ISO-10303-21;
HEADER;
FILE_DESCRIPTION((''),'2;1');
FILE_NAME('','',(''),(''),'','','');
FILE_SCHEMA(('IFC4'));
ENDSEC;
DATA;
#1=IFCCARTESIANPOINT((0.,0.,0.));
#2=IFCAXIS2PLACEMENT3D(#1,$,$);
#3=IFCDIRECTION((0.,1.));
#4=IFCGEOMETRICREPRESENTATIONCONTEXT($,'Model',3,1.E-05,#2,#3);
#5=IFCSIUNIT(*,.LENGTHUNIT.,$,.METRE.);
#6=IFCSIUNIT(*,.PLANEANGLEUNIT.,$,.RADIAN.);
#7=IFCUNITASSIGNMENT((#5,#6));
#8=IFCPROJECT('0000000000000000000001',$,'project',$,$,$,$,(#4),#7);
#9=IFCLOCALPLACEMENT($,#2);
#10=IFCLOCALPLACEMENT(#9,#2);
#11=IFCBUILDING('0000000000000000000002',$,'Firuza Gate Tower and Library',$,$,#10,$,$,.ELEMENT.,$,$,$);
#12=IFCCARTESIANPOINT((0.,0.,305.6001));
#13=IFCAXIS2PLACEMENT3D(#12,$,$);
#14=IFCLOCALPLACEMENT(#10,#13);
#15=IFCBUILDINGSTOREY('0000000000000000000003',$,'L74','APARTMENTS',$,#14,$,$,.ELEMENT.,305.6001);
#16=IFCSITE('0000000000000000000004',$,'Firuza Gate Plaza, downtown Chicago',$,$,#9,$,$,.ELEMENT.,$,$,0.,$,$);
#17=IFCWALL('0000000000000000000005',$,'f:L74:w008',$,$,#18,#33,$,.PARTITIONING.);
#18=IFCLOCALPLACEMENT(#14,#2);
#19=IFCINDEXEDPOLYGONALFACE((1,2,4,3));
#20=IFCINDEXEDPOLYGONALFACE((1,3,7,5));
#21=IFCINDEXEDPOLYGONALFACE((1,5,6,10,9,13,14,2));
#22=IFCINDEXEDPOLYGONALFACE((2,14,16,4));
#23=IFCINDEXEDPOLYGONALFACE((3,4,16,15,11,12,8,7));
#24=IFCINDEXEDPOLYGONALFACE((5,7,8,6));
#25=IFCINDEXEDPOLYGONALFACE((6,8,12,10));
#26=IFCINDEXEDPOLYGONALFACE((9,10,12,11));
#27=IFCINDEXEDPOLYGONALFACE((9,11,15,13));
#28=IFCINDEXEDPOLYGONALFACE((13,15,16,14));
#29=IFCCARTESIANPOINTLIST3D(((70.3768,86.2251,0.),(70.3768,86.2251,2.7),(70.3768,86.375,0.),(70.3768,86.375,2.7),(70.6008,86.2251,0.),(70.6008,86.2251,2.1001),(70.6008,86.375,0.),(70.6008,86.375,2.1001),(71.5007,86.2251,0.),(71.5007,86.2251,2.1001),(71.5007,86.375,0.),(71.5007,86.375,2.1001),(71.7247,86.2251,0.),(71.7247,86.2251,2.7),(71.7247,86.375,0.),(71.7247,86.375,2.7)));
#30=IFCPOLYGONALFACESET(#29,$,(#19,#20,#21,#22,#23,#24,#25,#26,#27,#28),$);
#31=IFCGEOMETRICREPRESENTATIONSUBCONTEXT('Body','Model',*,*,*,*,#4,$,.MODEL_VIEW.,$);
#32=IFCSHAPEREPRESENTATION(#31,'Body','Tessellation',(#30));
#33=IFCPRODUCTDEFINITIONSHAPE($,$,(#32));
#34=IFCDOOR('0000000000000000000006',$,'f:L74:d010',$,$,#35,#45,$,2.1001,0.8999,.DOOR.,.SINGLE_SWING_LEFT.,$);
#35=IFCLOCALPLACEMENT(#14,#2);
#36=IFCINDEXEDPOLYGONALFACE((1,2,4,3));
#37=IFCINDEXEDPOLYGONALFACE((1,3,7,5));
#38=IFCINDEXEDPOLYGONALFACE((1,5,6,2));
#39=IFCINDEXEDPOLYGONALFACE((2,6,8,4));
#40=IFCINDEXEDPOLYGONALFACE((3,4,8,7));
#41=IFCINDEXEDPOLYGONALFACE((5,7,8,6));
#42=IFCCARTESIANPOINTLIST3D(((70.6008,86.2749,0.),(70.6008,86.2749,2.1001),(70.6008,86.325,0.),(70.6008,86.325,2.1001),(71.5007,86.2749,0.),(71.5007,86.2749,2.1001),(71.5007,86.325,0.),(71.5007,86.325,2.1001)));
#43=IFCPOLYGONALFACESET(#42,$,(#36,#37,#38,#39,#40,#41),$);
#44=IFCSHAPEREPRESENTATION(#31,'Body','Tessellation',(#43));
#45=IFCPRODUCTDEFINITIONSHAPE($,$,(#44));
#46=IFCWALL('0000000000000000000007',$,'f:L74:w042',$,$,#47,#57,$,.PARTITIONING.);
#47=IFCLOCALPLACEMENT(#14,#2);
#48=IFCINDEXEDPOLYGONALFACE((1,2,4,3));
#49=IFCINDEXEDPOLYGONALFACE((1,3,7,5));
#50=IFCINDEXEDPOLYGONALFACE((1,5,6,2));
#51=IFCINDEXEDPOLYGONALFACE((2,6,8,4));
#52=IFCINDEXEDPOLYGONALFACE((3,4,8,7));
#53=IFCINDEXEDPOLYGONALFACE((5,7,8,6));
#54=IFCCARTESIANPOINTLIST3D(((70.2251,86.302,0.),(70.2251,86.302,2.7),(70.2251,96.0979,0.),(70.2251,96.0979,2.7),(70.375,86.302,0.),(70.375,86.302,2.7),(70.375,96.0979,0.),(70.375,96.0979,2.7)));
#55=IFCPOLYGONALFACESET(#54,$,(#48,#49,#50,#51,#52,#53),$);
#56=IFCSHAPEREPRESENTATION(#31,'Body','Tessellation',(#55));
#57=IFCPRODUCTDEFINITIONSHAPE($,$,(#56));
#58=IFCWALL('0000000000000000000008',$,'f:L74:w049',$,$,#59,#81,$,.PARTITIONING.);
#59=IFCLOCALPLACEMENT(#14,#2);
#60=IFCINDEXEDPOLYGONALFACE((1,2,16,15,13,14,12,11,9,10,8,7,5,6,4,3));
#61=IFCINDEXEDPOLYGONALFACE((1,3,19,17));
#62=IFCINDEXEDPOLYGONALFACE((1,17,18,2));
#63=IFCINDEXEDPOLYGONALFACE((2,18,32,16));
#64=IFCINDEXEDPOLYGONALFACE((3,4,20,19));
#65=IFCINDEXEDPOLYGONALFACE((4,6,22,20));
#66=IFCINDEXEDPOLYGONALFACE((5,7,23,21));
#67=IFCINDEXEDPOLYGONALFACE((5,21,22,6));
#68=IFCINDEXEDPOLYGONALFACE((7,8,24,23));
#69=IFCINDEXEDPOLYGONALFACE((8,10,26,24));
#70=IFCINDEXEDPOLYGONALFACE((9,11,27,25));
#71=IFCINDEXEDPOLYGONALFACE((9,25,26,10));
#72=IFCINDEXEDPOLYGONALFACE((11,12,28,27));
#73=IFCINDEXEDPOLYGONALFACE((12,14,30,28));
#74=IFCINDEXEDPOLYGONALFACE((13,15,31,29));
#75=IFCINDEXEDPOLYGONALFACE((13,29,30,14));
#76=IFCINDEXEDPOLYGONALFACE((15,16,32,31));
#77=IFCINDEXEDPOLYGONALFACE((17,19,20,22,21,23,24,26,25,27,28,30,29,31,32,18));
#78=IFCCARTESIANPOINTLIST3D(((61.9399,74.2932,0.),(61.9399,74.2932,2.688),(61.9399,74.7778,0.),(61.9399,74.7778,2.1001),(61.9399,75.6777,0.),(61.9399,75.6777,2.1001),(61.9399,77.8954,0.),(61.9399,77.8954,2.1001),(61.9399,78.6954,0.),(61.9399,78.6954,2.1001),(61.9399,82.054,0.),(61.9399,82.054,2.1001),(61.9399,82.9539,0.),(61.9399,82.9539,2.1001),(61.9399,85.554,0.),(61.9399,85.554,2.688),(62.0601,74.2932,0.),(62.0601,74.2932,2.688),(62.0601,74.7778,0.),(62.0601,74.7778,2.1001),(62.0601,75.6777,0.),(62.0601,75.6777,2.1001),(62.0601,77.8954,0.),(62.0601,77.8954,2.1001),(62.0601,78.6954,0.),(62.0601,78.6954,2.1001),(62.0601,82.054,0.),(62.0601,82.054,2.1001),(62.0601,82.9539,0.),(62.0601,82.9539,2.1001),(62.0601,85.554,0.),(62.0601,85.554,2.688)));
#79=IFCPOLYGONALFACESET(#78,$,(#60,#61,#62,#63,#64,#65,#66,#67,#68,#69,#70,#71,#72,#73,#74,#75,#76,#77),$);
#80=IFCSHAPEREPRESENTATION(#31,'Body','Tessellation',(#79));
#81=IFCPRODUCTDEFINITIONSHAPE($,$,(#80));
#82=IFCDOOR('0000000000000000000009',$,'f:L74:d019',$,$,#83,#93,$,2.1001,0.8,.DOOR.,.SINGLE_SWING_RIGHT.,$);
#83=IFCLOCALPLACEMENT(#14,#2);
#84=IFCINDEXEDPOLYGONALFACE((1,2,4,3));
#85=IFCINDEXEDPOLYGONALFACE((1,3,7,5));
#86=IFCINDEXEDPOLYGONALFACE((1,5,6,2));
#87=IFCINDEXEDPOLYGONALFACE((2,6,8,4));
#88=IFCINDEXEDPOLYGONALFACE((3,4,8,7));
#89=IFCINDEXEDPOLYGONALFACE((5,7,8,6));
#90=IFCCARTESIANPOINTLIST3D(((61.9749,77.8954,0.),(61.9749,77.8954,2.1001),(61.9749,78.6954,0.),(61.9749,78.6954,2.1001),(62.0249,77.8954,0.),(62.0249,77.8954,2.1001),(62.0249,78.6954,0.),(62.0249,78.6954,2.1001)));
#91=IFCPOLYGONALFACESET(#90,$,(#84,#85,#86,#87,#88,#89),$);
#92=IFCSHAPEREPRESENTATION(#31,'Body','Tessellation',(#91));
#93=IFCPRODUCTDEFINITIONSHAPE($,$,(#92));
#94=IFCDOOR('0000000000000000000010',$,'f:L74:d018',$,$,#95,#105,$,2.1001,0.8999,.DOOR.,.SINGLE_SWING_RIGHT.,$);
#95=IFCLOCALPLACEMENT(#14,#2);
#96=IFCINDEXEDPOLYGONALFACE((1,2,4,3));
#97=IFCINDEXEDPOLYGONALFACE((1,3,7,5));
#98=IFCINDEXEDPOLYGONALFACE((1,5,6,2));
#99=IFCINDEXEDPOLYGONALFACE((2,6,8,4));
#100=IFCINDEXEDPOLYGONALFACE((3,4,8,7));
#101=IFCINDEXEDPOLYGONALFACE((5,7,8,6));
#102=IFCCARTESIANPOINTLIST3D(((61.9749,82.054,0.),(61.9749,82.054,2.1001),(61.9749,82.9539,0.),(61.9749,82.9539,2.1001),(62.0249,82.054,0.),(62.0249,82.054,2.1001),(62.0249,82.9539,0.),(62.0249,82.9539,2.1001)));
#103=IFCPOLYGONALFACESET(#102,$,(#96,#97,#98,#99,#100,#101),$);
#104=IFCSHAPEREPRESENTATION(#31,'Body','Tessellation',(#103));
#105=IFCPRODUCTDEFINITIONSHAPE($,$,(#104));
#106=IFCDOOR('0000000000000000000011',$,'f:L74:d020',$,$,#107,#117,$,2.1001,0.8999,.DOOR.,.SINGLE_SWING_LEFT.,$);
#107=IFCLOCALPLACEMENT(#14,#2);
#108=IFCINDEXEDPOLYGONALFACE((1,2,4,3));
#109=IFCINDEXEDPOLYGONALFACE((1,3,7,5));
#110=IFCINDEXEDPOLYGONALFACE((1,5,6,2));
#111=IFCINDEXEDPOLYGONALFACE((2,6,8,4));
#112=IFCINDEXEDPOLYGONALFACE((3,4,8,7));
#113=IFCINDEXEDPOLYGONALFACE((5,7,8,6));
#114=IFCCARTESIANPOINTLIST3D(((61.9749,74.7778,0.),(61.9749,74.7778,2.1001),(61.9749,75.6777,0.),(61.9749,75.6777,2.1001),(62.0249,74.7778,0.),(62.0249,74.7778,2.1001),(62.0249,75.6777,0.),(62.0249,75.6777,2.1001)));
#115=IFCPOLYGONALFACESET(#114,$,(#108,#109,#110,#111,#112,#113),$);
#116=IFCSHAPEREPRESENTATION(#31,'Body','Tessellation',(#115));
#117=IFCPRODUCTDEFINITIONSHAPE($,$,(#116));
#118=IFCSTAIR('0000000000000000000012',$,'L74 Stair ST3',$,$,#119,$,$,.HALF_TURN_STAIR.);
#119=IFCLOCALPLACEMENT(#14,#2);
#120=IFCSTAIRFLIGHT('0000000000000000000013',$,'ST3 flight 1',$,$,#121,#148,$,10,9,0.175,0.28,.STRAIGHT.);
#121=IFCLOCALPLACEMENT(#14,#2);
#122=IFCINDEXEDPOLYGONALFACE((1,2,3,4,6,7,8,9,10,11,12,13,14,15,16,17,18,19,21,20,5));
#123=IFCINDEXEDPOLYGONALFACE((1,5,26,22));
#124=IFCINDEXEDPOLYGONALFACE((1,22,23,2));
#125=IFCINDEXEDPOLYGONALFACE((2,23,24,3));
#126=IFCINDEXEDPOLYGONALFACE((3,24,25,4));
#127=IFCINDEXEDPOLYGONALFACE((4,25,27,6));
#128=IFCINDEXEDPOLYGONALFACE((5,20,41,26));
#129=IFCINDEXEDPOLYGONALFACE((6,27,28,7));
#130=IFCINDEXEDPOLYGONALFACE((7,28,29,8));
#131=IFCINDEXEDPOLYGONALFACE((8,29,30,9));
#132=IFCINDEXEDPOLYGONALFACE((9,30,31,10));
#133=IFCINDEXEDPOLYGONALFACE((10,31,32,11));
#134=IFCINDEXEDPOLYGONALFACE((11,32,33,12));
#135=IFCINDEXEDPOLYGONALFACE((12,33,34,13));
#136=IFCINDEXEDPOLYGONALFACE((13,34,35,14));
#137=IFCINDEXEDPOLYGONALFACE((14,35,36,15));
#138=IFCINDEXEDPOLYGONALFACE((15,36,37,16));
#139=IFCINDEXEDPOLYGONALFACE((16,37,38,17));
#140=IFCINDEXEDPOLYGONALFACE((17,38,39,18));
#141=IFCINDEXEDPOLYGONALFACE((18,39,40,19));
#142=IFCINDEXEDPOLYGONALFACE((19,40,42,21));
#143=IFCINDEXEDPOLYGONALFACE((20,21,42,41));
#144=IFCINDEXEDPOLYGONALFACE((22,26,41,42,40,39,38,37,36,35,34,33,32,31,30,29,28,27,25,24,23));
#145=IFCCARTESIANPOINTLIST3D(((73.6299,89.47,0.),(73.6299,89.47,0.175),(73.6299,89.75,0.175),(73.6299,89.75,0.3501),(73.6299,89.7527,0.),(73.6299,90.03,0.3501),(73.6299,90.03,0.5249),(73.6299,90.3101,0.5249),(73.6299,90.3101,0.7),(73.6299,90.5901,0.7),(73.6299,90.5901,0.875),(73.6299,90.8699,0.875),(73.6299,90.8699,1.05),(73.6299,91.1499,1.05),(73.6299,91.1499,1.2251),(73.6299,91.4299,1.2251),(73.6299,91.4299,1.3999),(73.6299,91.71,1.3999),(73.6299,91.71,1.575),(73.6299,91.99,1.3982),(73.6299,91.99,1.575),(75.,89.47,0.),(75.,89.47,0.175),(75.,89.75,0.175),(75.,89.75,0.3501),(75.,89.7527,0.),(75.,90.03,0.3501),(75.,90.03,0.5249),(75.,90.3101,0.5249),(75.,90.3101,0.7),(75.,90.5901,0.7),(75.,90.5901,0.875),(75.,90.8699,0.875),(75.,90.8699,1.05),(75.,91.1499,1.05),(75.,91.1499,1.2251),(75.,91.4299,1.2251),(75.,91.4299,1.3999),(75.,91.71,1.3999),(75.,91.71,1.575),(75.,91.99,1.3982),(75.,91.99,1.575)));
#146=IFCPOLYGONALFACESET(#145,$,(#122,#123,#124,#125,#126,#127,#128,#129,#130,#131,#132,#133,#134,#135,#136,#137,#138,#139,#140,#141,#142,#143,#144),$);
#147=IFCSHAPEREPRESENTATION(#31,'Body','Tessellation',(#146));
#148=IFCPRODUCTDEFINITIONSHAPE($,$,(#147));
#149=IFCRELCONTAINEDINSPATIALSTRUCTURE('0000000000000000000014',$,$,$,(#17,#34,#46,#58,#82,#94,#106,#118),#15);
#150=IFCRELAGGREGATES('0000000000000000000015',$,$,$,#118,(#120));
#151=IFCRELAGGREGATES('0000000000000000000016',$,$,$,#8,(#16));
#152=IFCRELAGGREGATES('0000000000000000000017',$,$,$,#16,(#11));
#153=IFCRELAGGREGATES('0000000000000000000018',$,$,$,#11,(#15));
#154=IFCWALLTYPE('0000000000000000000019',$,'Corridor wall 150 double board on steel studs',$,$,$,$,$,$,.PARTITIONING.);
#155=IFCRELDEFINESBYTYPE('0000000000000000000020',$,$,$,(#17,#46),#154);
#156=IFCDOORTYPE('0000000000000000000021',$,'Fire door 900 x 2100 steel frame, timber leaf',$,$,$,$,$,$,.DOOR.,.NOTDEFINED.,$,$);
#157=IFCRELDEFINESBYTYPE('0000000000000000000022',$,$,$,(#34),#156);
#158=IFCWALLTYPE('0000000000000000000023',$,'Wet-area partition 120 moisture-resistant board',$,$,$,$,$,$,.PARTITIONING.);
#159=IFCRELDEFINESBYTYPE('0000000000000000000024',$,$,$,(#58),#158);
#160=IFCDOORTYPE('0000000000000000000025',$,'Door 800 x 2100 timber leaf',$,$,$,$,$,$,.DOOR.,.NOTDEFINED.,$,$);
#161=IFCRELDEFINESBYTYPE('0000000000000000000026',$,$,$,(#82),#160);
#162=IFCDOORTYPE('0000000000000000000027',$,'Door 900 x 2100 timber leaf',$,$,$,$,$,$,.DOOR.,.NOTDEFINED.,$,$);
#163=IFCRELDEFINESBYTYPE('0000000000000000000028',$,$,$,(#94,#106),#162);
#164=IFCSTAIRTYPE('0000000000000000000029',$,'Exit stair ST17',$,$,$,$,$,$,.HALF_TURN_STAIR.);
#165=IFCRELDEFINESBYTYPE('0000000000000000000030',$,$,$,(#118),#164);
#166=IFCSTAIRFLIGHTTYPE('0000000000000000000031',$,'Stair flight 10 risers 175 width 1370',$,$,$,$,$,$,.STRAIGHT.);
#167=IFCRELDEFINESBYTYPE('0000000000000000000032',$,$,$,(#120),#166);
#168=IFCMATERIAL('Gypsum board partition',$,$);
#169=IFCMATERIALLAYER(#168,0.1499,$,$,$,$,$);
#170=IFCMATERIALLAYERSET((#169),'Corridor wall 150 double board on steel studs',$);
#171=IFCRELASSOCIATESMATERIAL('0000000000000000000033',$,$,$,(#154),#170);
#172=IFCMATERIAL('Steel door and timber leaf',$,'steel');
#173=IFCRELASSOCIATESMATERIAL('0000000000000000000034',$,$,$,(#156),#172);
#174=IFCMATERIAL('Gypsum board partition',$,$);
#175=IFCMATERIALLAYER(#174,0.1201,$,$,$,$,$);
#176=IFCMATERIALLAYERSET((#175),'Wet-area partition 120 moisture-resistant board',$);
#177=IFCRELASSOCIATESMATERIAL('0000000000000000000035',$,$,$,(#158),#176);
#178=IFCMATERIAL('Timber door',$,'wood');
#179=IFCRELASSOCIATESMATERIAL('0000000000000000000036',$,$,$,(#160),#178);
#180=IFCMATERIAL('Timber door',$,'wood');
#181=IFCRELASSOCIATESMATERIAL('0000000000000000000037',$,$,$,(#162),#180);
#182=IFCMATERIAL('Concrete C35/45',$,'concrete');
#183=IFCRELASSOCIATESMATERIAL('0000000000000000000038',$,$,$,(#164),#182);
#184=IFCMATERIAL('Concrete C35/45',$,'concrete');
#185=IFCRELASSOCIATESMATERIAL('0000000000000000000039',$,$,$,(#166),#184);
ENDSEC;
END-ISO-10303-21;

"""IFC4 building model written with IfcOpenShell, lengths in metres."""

from ifc_helpers import new_model, si_unit, direction, frame, frame_2d, origin, place, context, subcontext, project, spatial, polyline, rectangle, outline, extrude, material, layer, layer_set, type_object, element, fill, aggregate, save


model = new_model("IFC4")

# Units and contexts
model_context = context("Model", 3, precision=1e-05, world=origin(), true_north=direction((0.0, 1.0)))
body_context = subcontext(model_context, "Body", "Model", "MODEL_VIEW")
ifc_project = project(units=[si_unit("LENGTHUNIT", "METRE"), si_unit("PLANEANGLEUNIT", "RADIAN")], contexts=[model_context])

# Site, building, storey
site_placement = place(None, origin())
site = spatial("IfcSite", under=ifc_project, at=site_placement, Name="Firuza Gate Plaza, downtown Chicago", CompositionType="ELEMENT", RefElevation=0.0)
building_placement = place(site_placement, origin())
building = spatial("IfcBuilding", under=site, at=building_placement, Name="Firuza Gate Tower and Library", CompositionType="ELEMENT")
storey_placement = place(building_placement, frame((0.0, 0.0, 305.6001)))
storey = spatial("IfcBuildingStorey", under=building, at=storey_placement, Name="L74", Description="APARTMENTS", CompositionType="ELEMENT", Elevation=305.6001)

# Shared definitions
placement = place(storey_placement, origin())

# Wall, opening, door
ifc_material_1 = material(Name="Gypsum board partition")
ifc_layer_1 = layer(ifc_material_1, 0.1499)
ifc_layer_set_1 = layer_set([ifc_layer_1], Name="Corridor wall 150 double board on steel studs")
wall_type_1 = type_object("IfcWallType", Name="Corridor wall 150 double board on steel studs", PredefinedType="PARTITIONING", material=ifc_layer_set_1)
wall_1_placement = place(storey_placement, frame((70.377, 86.3, 0.0), z_axis=(0.0, 0.0, 1.0), x_axis=(1.0, 0.0, 0.0)))
wall_1 = element("IfcWall", 1, at=wall_1_placement, inside=storey, type_object=wall_type_1, Name="f:L74:w008", PredefinedType="PARTITIONING", context=body_context, shape_type="SweptSolid", body=[
    extrude(rectangle(XDim=1.3479, YDim=0.1499, at=frame_2d((0.6738, 0.0))), origin(), (0.0, 0.0, 1.0), 2.7),
])
opening_1_placement = place(wall_1_placement, frame((0.2239, 0.0, 0.0)))
opening_1 = element("IfcOpeningElement", 2, at=opening_1_placement, cuts=wall_1, PredefinedType="OPENING", context=body_context, shape_type="SweptSolid", body=[
    extrude(rectangle(XDim=0.8999, YDim=2.1001, at=frame_2d((0.45, 1.05))), frame((0.0, 0.085, 0.0), z_axis=(0.0, -1.0, 0.0), x_axis=(1.0, 0.0, 0.0)), (0.0, 0.0, 1.0), 0.1699),
])
ifc_material_2 = material(Name="Steel door and timber leaf", Category="steel")
door_type_1 = type_object("IfcDoorType", Name="Fire door 900 x 2100 steel frame, timber leaf", OperationType="NOTDEFINED", PredefinedType="DOOR", material=ifc_material_2)
door_1_placement = place(opening_1_placement, origin())
door_1 = element("IfcDoor", 3, at=door_1_placement, inside=storey, type_object=door_type_1, Name="f:L74:d010", OperationType="SINGLE_SWING_LEFT", OverallHeight=2.1001, OverallWidth=0.8999, PredefinedType="DOOR", context=body_context, shape_type="SweptSolid", body=[
    extrude(rectangle(XDim=0.8999, YDim=2.1001, at=frame_2d((0.45, 1.05))), frame((0.0, 0.0249, 0.0), z_axis=(0.0, -1.0, 0.0), x_axis=(1.0, 0.0, 0.0)), (0.0, 0.0, 1.0), 0.05),
])
fill(opening_1, door_1)

# Wall
wall_2_placement = place(storey_placement, frame((70.3, 86.302, 0.0), z_axis=(0.0, 0.0, 1.0), x_axis=(0.0, 1.0, 0.0)))
element("IfcWall", 4, at=wall_2_placement, inside=storey, type_object=wall_type_1, Name="f:L74:w042", PredefinedType="PARTITIONING", context=body_context, shape_type="SweptSolid", body=[
    extrude(rectangle(XDim=9.7959, YDim=0.1499, at=frame_2d((4.8979, 0.0))), origin(), (0.0, 0.0, 1.0), 2.7),
])

# Wall, openings, doors
ifc_material_3 = material(Name="Gypsum board partition")
ifc_layer_2 = layer(ifc_material_3, 0.1201)
ifc_layer_set_2 = layer_set([ifc_layer_2], Name="Wet-area partition 120 moisture-resistant board")
wall_type_2 = type_object("IfcWallType", Name="Wet-area partition 120 moisture-resistant board", PredefinedType="PARTITIONING", material=ifc_layer_set_2)
wall_3_placement = place(storey_placement, frame((62.0, 85.554, 0.0), z_axis=(0.0, 0.0, 1.0), x_axis=(0.0, -1.0, 0.0)))
wall_3 = element("IfcWall", 5, at=wall_3_placement, inside=storey, type_object=wall_type_2, Name="f:L74:w049", PredefinedType="PARTITIONING", context=body_context, shape_type="SweptSolid", body=[
    extrude(rectangle(XDim=11.2607, YDim=0.1201, at=frame_2d((5.6304, 0.0))), origin(), (0.0, 0.0, 1.0), 2.688),
])
opening_2_placement = place(wall_3_placement, frame((2.6001, 0.0, 0.0)))
opening_2 = element("IfcOpeningElement", 6, at=opening_2_placement, cuts=wall_3, PredefinedType="OPENING", context=body_context, shape_type="SweptSolid", body=[
    extrude(rectangle(XDim=0.8999, YDim=2.1001, at=frame_2d((0.45, 1.05))), frame((0.0, 0.0701, 0.0), z_axis=(0.0, -1.0, 0.0), x_axis=(1.0, 0.0, 0.0)), (0.0, 0.0, 1.0), 0.1401),
])
opening_3_placement = place(wall_3_placement, frame((6.8586, 0.0, 0.0)))
opening_3 = element("IfcOpeningElement", 7, at=opening_3_placement, cuts=wall_3, PredefinedType="OPENING", context=body_context, shape_type="SweptSolid", body=[
    extrude(rectangle(XDim=0.8, YDim=2.1001, at=frame_2d((0.3999, 1.05))), frame((0.0, 0.0701, 0.0), z_axis=(0.0, -1.0, 0.0), x_axis=(1.0, 0.0, 0.0)), (0.0, 0.0, 1.0), 0.1401),
])
opening_4_placement = place(wall_3_placement, frame((9.8762, 0.0, 0.0)))
opening_4 = element("IfcOpeningElement", 8, at=opening_4_placement, cuts=wall_3, PredefinedType="OPENING", context=body_context, shape_type="SweptSolid", body=[
    extrude(rectangle(XDim=0.8999, YDim=2.1001, at=frame_2d((0.45, 1.05))), frame((0.0, 0.0701, 0.0), z_axis=(0.0, -1.0, 0.0), x_axis=(1.0, 0.0, 0.0)), (0.0, 0.0, 1.0), 0.1401),
])
ifc_material_4 = material(Name="Timber door", Category="wood")
door_type_2 = type_object("IfcDoorType", Name="Door 800 x 2100 timber leaf", OperationType="NOTDEFINED", PredefinedType="DOOR", material=ifc_material_4)
door_2_placement = place(opening_3_placement, origin())
door_2 = element("IfcDoor", 9, at=door_2_placement, inside=storey, type_object=door_type_2, Name="f:L74:d019", OperationType="SINGLE_SWING_RIGHT", OverallHeight=2.1001, OverallWidth=0.8, PredefinedType="DOOR", context=body_context, shape_type="SweptSolid", body=[
    extrude(rectangle(XDim=0.8, YDim=2.1001, at=frame_2d((0.3999, 1.05))), frame((0.0, 0.0249, 0.0), z_axis=(0.0, -1.0, 0.0), x_axis=(1.0, 0.0, 0.0)), (0.0, 0.0, 1.0), 0.05),
])
fill(opening_3, door_2)
ifc_material_5 = material(Name="Timber door", Category="wood")
door_type_3 = type_object("IfcDoorType", Name="Door 900 x 2100 timber leaf", OperationType="NOTDEFINED", PredefinedType="DOOR", material=ifc_material_5)
door_3_placement = place(opening_2_placement, origin())
door_3 = element("IfcDoor", 10, at=door_3_placement, inside=storey, type_object=door_type_3, Name="f:L74:d018", OperationType="SINGLE_SWING_RIGHT", OverallHeight=2.1001, OverallWidth=0.8999, PredefinedType="DOOR", context=body_context, shape_type="SweptSolid", body=[
    extrude(rectangle(XDim=0.8999, YDim=2.1001, at=frame_2d((0.45, 1.05))), frame((0.0, 0.0249, 0.0), z_axis=(0.0, -1.0, 0.0), x_axis=(1.0, 0.0, 0.0)), (0.0, 0.0, 1.0), 0.05),
])
fill(opening_2, door_3)
door_4_placement = place(opening_4_placement, origin())
door_4 = element("IfcDoor", 11, at=door_4_placement, inside=storey, type_object=door_type_3, Name="f:L74:d020", OperationType="SINGLE_SWING_LEFT", OverallHeight=2.1001, OverallWidth=0.8999, PredefinedType="DOOR", context=body_context, shape_type="SweptSolid", body=[
    extrude(rectangle(XDim=0.8999, YDim=2.1001, at=frame_2d((0.45, 1.05))), frame((0.0, 0.0249, 0.0), z_axis=(0.0, -1.0, 0.0), x_axis=(1.0, 0.0, 0.0)), (0.0, 0.0, 1.0), 0.05),
])
fill(opening_4, door_4)

# Stair, stair flight
ifc_material_6 = material(Name="Concrete C35/45", Category="concrete")
stair_type = type_object("IfcStairType", Name="Exit stair ST17", PredefinedType="HALF_TURN_STAIR", material=ifc_material_6)
stair = element("IfcStair", 12, at=placement, inside=storey, type_object=stair_type, Name="L74 Stair ST3", PredefinedType="HALF_TURN_STAIR")
ifc_material_7 = material(Name="Concrete C35/45", Category="concrete")
stair_flight_type = type_object("IfcStairFlightType", Name="Stair flight 10 risers 175 width 1370", PredefinedType="STRAIGHT", material=ifc_material_7)
stair_flight_1_placement = place(storey_placement, frame((74.3149, 89.47, 0.0), z_axis=(0.0, 0.0, 1.0), x_axis=(0.0, 1.0, 0.0)))
stair_flight_1 = element("IfcStairFlight", 13, at=stair_flight_1_placement, type_object=stair_flight_type, Name="ST3 flight 1", NumberOfRisers=10, NumberOfTreads=9, PredefinedType="STRAIGHT", RiserHeight=0.175, TreadLength=0.28, context=body_context, shape_type="SweptSolid", body=[
    extrude(outline(polyline([(0.0, 0.0), (0.0, 0.175), (0.28, 0.175), (0.28, 0.3501), (0.5601, 0.3501), (0.5601, 0.5249), (0.8401, 0.5249), (0.8401, 0.7), (1.1201, 0.7), (1.1201, 0.875), (1.3999, 0.875), (1.3999, 1.05), (1.6799, 1.05), (1.6799, 1.2251), (1.96, 1.2251), (1.96, 1.3999), (2.24, 1.3999), (2.24, 1.575), (2.52, 1.575), (2.52, 1.75), (2.52, 1.3982), (0.2827, 0.0), (0.0, 0.0)])), frame((0.0, 0.6851, 0.0), z_axis=(0.0, -1.0, 0.0), x_axis=(1.0, 0.0, 0.0)), (0.0, 0.0, 1.0), 1.3701),
])
aggregate(stair, [stair_flight_1])

save(model, "model.ifc")
